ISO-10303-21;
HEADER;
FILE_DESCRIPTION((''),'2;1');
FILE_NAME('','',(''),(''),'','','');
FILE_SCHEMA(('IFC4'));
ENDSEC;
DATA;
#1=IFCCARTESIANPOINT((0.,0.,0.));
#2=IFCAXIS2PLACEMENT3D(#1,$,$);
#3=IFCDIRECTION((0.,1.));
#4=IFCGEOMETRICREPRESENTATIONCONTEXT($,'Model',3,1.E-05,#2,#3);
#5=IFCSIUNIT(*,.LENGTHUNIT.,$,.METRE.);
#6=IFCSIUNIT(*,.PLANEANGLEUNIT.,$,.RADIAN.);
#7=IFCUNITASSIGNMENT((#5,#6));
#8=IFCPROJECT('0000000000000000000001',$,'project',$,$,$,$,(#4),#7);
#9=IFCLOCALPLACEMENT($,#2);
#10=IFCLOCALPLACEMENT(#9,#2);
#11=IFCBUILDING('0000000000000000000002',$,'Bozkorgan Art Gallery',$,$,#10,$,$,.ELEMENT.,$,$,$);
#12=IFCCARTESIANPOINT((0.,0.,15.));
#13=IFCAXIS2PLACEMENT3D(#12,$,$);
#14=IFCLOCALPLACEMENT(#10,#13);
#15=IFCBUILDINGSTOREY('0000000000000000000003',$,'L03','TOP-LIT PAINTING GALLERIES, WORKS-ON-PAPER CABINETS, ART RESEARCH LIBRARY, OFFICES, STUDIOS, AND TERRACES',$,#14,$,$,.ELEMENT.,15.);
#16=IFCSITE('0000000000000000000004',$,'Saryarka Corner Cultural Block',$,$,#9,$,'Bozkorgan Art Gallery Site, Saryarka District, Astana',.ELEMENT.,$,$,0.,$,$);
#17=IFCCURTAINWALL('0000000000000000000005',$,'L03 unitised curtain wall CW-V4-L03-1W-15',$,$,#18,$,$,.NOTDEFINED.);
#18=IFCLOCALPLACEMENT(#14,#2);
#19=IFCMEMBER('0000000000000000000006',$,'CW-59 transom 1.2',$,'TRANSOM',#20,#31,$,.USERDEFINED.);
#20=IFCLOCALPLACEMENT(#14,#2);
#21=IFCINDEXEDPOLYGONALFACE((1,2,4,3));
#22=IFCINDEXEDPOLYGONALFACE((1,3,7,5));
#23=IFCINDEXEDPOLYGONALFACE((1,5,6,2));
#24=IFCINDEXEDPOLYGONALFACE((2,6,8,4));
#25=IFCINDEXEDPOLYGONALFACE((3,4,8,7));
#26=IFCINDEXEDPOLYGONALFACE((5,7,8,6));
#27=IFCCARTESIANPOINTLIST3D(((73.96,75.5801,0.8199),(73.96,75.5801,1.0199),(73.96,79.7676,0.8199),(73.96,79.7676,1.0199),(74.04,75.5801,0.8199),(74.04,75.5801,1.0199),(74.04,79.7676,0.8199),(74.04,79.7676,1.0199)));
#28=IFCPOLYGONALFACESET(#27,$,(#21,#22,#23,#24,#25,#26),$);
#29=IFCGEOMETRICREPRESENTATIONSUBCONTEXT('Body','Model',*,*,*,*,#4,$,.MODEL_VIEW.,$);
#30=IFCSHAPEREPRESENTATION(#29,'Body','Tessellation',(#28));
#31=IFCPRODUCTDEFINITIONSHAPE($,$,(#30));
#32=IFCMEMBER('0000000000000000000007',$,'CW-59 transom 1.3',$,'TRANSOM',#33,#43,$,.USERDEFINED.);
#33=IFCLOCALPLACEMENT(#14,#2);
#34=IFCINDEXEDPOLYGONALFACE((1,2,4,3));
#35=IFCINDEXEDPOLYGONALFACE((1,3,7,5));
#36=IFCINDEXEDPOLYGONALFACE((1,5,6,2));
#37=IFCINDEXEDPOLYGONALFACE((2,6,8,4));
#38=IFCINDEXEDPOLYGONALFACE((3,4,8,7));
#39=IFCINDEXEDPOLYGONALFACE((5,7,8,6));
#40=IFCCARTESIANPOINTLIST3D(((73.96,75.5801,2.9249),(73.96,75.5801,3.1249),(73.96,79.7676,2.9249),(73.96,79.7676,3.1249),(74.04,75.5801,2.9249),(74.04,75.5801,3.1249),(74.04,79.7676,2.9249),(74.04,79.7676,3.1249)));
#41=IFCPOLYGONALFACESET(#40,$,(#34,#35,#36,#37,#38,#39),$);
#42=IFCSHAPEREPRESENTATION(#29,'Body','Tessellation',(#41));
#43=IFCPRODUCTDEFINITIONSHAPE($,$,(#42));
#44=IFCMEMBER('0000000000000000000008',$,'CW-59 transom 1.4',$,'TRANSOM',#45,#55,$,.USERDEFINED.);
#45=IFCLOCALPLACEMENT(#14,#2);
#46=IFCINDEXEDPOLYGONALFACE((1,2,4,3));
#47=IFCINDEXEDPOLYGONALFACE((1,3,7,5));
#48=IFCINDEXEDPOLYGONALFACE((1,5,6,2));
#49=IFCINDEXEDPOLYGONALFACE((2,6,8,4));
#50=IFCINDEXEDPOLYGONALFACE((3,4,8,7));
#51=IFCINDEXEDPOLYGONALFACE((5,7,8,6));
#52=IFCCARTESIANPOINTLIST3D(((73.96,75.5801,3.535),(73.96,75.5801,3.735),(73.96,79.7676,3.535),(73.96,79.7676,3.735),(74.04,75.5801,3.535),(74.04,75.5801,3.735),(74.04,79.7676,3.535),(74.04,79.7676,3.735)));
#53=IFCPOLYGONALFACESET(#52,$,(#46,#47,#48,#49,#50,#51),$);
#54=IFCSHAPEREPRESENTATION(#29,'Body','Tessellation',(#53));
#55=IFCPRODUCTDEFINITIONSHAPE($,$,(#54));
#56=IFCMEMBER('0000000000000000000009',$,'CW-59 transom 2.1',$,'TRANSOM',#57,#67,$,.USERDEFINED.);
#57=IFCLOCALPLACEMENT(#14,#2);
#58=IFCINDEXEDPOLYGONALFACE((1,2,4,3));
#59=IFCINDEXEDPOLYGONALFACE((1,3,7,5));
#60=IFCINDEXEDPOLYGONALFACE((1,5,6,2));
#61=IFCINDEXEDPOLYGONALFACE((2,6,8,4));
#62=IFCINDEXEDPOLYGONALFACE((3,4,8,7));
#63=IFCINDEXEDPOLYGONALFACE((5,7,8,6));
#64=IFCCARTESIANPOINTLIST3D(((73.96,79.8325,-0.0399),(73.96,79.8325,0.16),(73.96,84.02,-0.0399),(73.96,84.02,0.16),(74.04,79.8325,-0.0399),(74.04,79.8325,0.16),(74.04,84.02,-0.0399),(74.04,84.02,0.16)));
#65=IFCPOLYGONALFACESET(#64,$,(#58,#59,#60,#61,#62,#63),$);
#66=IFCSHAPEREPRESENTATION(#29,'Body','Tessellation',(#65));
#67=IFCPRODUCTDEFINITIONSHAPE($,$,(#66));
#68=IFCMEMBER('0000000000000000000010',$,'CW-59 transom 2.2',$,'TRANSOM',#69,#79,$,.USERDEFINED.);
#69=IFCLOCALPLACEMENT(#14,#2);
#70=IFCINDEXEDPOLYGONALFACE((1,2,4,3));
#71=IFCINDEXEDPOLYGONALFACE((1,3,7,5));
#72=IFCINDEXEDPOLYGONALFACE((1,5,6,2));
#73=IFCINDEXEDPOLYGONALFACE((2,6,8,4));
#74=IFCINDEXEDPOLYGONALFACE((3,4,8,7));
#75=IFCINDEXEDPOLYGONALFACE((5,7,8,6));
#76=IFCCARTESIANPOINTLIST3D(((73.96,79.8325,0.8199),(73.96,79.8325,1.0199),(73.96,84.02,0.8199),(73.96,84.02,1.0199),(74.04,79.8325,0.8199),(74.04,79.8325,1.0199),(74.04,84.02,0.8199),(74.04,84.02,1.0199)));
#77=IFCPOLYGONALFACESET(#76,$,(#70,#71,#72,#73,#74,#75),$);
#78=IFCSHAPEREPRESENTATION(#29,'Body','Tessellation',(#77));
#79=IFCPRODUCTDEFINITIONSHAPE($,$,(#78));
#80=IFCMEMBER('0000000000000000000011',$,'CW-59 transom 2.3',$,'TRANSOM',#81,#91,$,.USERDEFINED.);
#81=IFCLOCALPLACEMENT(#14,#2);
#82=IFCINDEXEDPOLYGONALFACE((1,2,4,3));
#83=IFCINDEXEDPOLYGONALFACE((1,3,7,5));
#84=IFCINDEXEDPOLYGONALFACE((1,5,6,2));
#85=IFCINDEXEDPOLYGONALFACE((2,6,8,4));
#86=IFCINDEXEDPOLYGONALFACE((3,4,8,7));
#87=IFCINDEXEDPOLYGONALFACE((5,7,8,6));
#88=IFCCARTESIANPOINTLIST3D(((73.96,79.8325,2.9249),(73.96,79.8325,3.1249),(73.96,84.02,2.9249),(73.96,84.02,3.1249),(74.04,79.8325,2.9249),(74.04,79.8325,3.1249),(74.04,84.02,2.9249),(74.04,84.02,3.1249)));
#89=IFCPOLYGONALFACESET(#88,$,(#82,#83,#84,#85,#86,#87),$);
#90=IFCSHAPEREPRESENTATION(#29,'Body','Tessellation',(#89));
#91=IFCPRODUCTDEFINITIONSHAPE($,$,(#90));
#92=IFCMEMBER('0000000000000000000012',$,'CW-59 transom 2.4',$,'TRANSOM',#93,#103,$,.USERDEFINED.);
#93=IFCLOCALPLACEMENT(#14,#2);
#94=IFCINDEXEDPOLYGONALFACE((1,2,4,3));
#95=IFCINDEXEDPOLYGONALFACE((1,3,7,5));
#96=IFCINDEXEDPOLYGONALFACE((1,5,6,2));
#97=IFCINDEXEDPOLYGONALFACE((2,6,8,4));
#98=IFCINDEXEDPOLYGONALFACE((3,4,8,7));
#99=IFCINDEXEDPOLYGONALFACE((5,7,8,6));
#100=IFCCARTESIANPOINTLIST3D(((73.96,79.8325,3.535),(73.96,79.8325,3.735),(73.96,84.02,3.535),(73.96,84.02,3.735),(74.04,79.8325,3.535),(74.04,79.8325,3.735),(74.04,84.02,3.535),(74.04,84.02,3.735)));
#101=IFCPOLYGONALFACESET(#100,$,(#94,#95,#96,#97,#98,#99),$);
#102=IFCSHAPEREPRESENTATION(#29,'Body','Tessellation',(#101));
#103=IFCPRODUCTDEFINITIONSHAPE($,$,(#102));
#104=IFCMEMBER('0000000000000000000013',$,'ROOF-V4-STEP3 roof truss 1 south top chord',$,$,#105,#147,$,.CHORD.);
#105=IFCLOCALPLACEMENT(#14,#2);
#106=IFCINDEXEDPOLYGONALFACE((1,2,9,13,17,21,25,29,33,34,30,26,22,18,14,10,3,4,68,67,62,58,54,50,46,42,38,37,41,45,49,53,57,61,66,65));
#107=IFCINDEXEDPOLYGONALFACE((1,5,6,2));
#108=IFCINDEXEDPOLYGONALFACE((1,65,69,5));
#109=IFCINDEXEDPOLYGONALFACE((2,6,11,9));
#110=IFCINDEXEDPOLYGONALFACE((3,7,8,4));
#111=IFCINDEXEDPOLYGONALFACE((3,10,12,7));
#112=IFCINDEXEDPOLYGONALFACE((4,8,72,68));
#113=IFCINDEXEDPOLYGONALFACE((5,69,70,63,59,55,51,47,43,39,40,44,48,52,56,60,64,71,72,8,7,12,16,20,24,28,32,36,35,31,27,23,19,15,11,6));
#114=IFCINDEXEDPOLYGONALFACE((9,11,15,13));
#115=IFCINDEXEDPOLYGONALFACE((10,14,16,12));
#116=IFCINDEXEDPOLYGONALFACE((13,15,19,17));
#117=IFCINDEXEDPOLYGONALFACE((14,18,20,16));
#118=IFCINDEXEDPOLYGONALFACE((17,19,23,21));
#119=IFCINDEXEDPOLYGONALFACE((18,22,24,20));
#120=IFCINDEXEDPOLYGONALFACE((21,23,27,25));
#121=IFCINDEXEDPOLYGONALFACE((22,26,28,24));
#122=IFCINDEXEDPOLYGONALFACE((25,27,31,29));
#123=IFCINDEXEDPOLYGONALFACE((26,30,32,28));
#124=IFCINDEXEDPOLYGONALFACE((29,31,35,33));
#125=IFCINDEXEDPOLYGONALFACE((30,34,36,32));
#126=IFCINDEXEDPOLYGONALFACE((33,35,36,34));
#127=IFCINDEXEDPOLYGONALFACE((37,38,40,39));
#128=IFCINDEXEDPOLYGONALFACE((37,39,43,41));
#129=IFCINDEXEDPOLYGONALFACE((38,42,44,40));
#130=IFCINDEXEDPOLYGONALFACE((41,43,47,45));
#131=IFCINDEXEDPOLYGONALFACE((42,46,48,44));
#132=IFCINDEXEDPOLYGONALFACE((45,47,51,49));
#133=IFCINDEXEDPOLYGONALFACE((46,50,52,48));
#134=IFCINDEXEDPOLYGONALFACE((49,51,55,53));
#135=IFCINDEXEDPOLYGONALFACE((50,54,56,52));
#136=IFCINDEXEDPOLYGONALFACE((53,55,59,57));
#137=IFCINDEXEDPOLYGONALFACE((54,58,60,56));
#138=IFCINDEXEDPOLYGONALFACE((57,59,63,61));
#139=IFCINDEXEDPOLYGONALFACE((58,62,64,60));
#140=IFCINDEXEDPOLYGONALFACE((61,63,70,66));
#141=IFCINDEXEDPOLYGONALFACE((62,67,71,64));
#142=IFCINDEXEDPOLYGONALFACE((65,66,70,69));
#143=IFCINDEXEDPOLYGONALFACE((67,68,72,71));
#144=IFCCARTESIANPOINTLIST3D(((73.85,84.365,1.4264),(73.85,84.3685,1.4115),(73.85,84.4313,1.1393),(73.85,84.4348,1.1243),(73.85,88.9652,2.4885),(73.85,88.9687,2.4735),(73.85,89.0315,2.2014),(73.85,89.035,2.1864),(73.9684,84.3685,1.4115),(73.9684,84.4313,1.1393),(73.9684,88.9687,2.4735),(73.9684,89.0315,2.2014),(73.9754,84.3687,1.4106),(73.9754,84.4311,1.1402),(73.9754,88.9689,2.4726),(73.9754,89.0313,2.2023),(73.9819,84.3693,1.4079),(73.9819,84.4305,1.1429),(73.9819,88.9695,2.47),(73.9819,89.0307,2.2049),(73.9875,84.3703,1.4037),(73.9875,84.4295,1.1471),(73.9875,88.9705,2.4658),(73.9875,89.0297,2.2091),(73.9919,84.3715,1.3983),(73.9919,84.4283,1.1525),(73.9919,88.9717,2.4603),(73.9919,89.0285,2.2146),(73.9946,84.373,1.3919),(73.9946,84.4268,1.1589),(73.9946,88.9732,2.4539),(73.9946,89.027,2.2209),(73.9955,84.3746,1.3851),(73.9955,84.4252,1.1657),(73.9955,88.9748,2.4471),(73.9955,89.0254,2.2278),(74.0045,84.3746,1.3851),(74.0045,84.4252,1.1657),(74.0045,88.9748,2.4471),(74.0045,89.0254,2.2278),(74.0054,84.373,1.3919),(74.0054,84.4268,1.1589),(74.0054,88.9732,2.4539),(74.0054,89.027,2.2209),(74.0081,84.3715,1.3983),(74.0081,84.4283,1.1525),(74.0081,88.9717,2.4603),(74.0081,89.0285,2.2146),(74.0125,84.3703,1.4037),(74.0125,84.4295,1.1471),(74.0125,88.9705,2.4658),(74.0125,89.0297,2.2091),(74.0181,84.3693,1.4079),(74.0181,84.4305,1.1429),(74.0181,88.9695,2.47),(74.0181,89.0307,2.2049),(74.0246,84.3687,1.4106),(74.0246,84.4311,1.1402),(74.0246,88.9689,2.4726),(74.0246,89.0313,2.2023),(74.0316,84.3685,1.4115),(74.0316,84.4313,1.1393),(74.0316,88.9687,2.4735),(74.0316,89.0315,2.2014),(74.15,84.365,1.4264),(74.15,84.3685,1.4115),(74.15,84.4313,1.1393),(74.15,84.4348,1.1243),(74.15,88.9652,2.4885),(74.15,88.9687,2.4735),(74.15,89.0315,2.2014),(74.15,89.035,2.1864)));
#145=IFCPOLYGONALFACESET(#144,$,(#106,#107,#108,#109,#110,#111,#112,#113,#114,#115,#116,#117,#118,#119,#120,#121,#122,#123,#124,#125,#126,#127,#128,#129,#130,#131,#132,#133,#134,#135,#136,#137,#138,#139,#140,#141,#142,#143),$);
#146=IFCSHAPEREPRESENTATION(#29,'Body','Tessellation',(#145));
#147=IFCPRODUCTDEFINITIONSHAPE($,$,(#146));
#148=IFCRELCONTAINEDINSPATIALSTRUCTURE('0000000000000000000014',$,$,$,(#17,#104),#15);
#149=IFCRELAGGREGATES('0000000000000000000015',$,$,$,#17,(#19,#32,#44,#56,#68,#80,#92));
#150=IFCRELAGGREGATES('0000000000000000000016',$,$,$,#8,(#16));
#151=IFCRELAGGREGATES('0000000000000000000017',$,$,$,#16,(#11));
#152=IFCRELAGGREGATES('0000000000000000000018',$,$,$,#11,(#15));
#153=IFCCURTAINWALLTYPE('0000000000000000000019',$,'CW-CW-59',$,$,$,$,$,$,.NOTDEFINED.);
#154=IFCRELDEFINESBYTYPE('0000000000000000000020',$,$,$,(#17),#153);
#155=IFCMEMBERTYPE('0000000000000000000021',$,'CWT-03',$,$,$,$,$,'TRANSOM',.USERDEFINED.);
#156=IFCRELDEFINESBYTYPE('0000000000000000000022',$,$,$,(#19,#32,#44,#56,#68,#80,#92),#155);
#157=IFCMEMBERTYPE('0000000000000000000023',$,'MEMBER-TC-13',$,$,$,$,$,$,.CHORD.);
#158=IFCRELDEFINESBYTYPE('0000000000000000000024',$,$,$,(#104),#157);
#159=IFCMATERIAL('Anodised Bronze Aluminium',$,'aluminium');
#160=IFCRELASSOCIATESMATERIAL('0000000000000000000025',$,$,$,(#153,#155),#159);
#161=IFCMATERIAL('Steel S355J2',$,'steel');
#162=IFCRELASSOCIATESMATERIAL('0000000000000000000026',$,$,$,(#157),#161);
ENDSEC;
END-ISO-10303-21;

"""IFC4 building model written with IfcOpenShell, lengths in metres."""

from ifc_helpers import new_model, si_unit, direction, frame, origin, origin_2d, place, context, subcontext, project, spatial, rectangle, i_section, extrude, material, material_profile, profile_set, type_object, element, aggregate, save


model = new_model("IFC4")

# Units and contexts
model_context = context("Model", 3, precision=1e-05, world=origin(), true_north=direction((0.0, 1.0)))
body_context = subcontext(model_context, "Body", "Model", "MODEL_VIEW")
ifc_project = project(units=[si_unit("LENGTHUNIT", "METRE"), si_unit("PLANEANGLEUNIT", "RADIAN")], contexts=[model_context])

# Site, building, storey
site_placement = place(None, origin())
site = spatial("IfcSite", under=ifc_project, at=site_placement, Name="Saryarka Corner Cultural Block", LongName="Bozkorgan Art Gallery Site, Saryarka District, Astana", CompositionType="ELEMENT", RefElevation=0.0)
building_placement = place(site_placement, origin())
building = spatial("IfcBuilding", under=site, at=building_placement, Name="Bozkorgan Art Gallery", CompositionType="ELEMENT")
storey_placement = place(building_placement, frame((0.0, 0.0, 15.0)))
storey = spatial("IfcBuildingStorey", under=building, at=storey_placement, Name="L03", Description="TOP-LIT PAINTING GALLERIES, WORKS-ON-PAPER CABINETS, ART RESEARCH LIBRARY, OFFICES, STUDIOS, AND TERRACES", CompositionType="ELEMENT", Elevation=15.0)

# Shared definitions
ifc_material_1 = material(Name="Steel S355J2", Category="steel")

# Shared definitions
ifc_material_2 = material(Name="Anodised Bronze Aluminium", Category="aluminium")

# Curtain wall
curtain_wall_type_1 = type_object("IfcCurtainWallType", Name="CW-CW-59", PredefinedType="NOTDEFINED", material=ifc_material_2)
curtain_wall_1_placement = place(storey_placement, origin())
curtain_wall_1 = element("IfcCurtainWall", 1, at=curtain_wall_1_placement, inside=storey, type_object=curtain_wall_type_1, Name="L03 unitised curtain wall CW-V4-L03-1W-15", PredefinedType="NOTDEFINED")

# Members
ifc_material_profile_1 = material_profile(ifc_material_2, rectangle(XDim=0.0801, YDim=0.2, at=origin_2d()), Name="ALU TRANSOM 80x200")
ifc_profile_set_1 = profile_set([ifc_material_profile_1], Name="Anodised Bronze Aluminium")
member_type_1 = type_object("IfcMemberType", Name="CWT-03", ElementType="TRANSOM", PredefinedType="USERDEFINED", material=ifc_profile_set_1)
member_1_placement = place(storey_placement, frame((74.0, 75.5801, 0.9199), z_axis=(0.0, 1.0, 0.0), x_axis=(-1.0, 0.0, 0.0)))
member_1 = element("IfcMember", 2, at=member_1_placement, type_object=member_type_1, Name="CW-59 transom 1.2", ObjectType="TRANSOM", PredefinedType="USERDEFINED", context=body_context, shape_type="SweptSolid", body=[
    extrude(rectangle(XDim=0.0801, YDim=0.2, at=origin_2d()), origin(), (0.0, 0.0, 1.0), 4.1875),
])
member_2_placement = place(storey_placement, frame((74.0, 75.5801, 3.0249), z_axis=(0.0, 1.0, 0.0), x_axis=(-1.0, 0.0, 0.0)))
member_2 = element("IfcMember", 3, at=member_2_placement, type_object=member_type_1, Name="CW-59 transom 1.3", ObjectType="TRANSOM", PredefinedType="USERDEFINED", context=body_context, shape_type="SweptSolid", body=[
    extrude(rectangle(XDim=0.0801, YDim=0.2, at=origin_2d()), origin(), (0.0, 0.0, 1.0), 4.1875),
])
member_3_placement = place(storey_placement, frame((74.0, 75.5801, 3.635), z_axis=(0.0, 1.0, 0.0), x_axis=(-1.0, 0.0, 0.0)))
member_3 = element("IfcMember", 4, at=member_3_placement, type_object=member_type_1, Name="CW-59 transom 1.4", ObjectType="TRANSOM", PredefinedType="USERDEFINED", context=body_context, shape_type="SweptSolid", body=[
    extrude(rectangle(XDim=0.0801, YDim=0.2, at=origin_2d()), origin(), (0.0, 0.0, 1.0), 4.1875),
])
member_4_placement = place(storey_placement, frame((74.0, 79.8325, 0.0601), z_axis=(0.0, 1.0, 0.0), x_axis=(-1.0, 0.0, 0.0)))
member_4 = element("IfcMember", 5, at=member_4_placement, type_object=member_type_1, Name="CW-59 transom 2.1", ObjectType="TRANSOM", PredefinedType="USERDEFINED", context=body_context, shape_type="SweptSolid", body=[
    extrude(rectangle(XDim=0.0801, YDim=0.2, at=origin_2d()), origin(), (0.0, 0.0, 1.0), 4.1875),
])
member_5_placement = place(storey_placement, frame((74.0, 79.8325, 0.9199), z_axis=(0.0, 1.0, 0.0), x_axis=(-1.0, 0.0, 0.0)))
member_5 = element("IfcMember", 6, at=member_5_placement, type_object=member_type_1, Name="CW-59 transom 2.2", ObjectType="TRANSOM", PredefinedType="USERDEFINED", context=body_context, shape_type="SweptSolid", body=[
    extrude(rectangle(XDim=0.0801, YDim=0.2, at=origin_2d()), origin(), (0.0, 0.0, 1.0), 4.1875),
])
member_6_placement = place(storey_placement, frame((74.0, 79.8325, 3.0249), z_axis=(0.0, 1.0, 0.0), x_axis=(-1.0, 0.0, 0.0)))
member_6 = element("IfcMember", 7, at=member_6_placement, type_object=member_type_1, Name="CW-59 transom 2.3", ObjectType="TRANSOM", PredefinedType="USERDEFINED", context=body_context, shape_type="SweptSolid", body=[
    extrude(rectangle(XDim=0.0801, YDim=0.2, at=origin_2d()), origin(), (0.0, 0.0, 1.0), 4.1875),
])
member_7_placement = place(storey_placement, frame((74.0, 79.8325, 3.635), z_axis=(0.0, 1.0, 0.0), x_axis=(-1.0, 0.0, 0.0)))
member_7 = element("IfcMember", 8, at=member_7_placement, type_object=member_type_1, Name="CW-59 transom 2.4", ObjectType="TRANSOM", PredefinedType="USERDEFINED", context=body_context, shape_type="SweptSolid", body=[
    extrude(rectangle(XDim=0.0801, YDim=0.2, at=origin_2d()), origin(), (0.0, 0.0, 1.0), 4.1875),
])

# Member
ifc_material_profile_2 = material_profile(ifc_material_1, i_section(OverallWidth=0.3, OverallDepth=0.3101, WebThickness=0.009, FlangeThickness=0.0154, FilletRadius=0.0271, at=origin_2d()), Name="HEA 320")
ifc_profile_set_2 = profile_set([ifc_material_profile_2], Name="Steel S355J2")
member_type_2 = type_object("IfcMemberType", Name="MEMBER-TC-13", PredefinedType="CHORD", material=ifc_profile_set_2)
member_8_placement = place(storey_placement, frame((74.0, 84.3999, 1.2754), z_axis=(0.0, 0.97437, 0.22495), x_axis=(-1.0, 0.0, 0.0)))
element("IfcMember", 9, at=member_8_placement, inside=storey, type_object=member_type_2, Name="ROOF-V4-STEP3 roof truss 1 south top chord", PredefinedType="CHORD", context=body_context, shape_type="SweptSolid", body=[
    extrude(i_section(OverallWidth=0.3, OverallDepth=0.3101, WebThickness=0.009, FlangeThickness=0.0154, FilletRadius=0.0271, at=origin_2d()), origin(), (0.0, 0.0, 1.0), 4.7212),
])

aggregate(curtain_wall_1, [member_1, member_2, member_3, member_4, member_5, member_6, member_7])

save(model, "model.ifc")
